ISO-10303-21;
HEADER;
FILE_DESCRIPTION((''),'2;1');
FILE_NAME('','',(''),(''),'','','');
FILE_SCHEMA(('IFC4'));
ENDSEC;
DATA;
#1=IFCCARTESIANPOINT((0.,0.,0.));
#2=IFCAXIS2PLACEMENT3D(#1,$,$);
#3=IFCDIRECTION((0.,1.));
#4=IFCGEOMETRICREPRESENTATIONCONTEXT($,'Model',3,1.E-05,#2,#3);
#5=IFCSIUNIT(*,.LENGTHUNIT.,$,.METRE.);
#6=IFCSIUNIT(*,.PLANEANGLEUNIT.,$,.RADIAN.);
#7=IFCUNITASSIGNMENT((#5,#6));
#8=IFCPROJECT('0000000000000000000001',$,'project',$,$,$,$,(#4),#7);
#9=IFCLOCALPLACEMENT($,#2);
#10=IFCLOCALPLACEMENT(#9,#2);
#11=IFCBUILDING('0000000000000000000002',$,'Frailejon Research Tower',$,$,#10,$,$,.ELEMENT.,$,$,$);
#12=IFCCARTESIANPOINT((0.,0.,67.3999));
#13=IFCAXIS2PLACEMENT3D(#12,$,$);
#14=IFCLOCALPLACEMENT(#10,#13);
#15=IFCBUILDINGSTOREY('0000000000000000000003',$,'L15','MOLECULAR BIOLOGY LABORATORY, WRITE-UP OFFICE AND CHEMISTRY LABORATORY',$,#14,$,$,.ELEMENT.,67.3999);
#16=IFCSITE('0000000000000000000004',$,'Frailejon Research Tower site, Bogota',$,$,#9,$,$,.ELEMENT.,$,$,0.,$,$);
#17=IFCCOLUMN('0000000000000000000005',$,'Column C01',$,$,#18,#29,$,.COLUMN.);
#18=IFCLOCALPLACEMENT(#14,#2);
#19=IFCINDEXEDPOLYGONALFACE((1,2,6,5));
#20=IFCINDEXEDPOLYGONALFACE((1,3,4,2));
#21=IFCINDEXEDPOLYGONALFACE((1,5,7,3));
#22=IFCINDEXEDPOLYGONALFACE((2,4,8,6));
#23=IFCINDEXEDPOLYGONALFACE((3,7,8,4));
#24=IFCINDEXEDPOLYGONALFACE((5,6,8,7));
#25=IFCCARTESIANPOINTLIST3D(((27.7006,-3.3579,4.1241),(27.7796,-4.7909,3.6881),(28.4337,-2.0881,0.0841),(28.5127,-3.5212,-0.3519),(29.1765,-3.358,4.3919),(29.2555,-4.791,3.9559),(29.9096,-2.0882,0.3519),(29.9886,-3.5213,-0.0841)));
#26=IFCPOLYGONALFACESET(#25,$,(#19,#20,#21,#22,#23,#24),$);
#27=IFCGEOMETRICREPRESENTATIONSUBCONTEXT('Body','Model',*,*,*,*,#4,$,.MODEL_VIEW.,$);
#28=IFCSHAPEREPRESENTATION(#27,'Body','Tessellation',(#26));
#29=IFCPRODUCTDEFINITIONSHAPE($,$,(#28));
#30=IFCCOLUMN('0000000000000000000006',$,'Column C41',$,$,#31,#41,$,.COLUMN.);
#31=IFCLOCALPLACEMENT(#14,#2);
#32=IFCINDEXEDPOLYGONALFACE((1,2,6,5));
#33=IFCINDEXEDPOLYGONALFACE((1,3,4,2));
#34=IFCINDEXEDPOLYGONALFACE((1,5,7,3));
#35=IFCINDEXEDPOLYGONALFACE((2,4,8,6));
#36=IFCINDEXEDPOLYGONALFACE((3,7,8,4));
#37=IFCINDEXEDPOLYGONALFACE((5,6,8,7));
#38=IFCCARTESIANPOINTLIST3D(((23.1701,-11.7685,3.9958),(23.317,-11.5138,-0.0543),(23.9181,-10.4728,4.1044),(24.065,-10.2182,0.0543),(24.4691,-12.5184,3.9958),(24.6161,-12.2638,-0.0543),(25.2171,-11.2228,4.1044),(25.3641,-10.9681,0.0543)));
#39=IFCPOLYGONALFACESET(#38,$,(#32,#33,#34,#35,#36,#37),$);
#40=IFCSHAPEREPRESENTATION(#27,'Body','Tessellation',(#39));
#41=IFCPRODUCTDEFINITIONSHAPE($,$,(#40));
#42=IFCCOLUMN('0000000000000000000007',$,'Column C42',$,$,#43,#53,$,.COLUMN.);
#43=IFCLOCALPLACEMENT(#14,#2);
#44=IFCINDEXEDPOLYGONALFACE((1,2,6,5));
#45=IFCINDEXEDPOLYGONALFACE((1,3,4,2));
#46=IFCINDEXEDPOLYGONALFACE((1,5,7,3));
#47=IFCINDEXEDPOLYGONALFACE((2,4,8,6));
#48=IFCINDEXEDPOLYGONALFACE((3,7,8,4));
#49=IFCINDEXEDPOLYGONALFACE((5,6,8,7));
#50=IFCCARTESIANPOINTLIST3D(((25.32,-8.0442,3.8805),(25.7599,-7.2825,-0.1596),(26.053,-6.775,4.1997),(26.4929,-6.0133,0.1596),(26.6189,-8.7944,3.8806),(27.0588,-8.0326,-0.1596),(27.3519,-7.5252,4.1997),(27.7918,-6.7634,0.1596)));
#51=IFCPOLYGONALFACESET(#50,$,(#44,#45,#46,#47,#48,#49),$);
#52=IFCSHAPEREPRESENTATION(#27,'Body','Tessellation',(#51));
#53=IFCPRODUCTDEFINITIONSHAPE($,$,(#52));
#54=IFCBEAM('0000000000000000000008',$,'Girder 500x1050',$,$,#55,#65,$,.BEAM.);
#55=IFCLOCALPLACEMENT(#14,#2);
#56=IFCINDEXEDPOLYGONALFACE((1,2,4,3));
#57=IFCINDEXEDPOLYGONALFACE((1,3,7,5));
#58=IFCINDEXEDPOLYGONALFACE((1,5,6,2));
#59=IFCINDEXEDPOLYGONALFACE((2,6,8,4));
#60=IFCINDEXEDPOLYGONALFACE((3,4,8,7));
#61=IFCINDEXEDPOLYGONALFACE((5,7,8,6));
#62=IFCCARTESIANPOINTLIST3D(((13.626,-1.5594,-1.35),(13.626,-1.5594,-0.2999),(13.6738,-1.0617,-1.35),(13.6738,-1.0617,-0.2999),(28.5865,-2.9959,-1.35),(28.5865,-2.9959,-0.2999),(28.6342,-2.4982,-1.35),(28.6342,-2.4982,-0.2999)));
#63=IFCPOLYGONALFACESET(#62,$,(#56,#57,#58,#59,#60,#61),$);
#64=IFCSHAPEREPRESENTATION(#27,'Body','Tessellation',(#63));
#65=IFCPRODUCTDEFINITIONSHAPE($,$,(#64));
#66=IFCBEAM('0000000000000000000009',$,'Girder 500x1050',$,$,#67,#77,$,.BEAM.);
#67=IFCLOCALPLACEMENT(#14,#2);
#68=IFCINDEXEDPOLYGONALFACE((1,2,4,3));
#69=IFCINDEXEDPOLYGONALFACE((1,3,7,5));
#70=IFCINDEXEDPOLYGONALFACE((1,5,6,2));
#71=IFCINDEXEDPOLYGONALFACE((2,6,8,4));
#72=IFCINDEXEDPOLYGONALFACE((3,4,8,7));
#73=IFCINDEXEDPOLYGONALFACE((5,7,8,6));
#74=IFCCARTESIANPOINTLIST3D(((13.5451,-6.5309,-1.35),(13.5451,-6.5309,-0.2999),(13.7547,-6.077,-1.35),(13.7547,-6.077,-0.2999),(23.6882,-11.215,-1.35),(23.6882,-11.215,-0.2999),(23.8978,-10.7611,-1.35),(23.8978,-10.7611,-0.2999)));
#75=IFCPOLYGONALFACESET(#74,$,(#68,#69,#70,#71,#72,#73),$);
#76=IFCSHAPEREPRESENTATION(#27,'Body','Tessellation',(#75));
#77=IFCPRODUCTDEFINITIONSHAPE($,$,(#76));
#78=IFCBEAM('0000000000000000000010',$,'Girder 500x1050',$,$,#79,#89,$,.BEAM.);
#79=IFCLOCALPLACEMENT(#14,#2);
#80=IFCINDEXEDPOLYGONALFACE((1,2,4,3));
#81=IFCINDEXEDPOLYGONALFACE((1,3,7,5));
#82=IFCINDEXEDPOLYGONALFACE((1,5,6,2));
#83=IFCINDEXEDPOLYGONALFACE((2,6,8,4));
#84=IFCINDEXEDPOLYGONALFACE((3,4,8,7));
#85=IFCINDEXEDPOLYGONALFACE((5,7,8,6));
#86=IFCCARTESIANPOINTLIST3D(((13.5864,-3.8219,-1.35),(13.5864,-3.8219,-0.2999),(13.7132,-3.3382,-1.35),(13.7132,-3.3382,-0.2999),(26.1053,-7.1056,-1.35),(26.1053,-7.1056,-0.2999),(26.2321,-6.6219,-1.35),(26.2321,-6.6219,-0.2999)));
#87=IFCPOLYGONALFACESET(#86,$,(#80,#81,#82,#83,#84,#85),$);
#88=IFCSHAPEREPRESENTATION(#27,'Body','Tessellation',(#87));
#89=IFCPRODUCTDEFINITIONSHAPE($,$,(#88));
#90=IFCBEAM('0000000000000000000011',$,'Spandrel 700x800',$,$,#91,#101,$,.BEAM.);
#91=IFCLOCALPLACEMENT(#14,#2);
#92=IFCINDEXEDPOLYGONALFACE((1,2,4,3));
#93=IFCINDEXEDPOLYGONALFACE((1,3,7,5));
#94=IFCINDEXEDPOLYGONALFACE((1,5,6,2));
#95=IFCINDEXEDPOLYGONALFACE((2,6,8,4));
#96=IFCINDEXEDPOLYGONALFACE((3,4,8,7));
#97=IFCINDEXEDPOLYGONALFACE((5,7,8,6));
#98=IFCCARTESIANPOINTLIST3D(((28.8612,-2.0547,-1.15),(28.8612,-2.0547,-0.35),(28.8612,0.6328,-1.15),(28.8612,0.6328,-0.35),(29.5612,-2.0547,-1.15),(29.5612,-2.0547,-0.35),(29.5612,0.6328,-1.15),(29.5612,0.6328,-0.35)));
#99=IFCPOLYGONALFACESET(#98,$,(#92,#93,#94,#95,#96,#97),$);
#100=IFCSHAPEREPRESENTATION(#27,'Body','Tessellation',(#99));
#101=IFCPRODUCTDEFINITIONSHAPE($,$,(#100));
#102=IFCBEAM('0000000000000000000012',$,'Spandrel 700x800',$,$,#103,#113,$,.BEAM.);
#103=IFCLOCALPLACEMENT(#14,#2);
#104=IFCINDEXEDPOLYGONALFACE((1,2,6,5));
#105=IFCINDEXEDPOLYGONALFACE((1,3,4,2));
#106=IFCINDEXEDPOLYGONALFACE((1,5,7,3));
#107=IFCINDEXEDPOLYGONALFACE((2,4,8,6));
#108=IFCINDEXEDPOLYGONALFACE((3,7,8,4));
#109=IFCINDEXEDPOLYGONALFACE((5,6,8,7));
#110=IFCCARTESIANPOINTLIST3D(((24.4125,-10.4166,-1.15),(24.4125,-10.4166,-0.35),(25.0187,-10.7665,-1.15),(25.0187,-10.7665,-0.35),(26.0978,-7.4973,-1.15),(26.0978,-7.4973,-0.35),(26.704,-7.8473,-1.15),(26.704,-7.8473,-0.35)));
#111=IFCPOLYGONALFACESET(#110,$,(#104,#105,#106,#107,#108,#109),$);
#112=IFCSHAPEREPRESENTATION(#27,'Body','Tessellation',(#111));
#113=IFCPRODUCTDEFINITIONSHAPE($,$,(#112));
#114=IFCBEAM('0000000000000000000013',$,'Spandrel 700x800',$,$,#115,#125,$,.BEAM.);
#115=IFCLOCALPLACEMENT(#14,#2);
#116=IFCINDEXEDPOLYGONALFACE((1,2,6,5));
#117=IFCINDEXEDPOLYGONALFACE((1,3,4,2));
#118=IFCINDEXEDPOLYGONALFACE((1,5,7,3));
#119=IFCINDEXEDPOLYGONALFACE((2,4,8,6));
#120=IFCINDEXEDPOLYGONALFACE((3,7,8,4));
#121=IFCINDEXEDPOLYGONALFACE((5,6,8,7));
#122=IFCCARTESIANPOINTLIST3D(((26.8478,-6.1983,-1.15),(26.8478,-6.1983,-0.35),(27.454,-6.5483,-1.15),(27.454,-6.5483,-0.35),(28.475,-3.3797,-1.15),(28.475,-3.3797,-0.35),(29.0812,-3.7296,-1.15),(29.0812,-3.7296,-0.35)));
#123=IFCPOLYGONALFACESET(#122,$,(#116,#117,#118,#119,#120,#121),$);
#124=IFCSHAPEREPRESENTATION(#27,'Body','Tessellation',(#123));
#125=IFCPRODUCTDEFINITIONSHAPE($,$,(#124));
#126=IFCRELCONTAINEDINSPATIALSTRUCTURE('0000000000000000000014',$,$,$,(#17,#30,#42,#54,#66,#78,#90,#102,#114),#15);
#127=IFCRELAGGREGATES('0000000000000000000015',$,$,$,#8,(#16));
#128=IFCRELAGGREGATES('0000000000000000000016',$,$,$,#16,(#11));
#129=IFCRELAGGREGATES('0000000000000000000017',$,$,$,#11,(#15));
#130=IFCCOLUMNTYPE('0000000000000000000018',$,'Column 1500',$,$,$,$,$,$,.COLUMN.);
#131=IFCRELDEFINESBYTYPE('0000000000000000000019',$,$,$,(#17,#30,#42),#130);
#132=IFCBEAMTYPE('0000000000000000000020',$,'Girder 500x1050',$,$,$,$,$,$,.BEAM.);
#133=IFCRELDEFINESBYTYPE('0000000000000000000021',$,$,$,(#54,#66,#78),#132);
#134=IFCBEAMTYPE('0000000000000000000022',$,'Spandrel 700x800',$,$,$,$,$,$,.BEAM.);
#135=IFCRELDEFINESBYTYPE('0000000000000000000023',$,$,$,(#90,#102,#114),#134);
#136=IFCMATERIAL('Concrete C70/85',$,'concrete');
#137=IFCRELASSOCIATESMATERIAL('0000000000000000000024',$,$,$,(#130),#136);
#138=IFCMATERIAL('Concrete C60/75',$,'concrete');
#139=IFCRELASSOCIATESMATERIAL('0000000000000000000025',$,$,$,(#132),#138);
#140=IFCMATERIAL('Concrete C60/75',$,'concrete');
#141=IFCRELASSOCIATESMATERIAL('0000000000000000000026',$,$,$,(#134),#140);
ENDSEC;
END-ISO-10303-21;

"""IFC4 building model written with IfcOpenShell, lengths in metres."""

from ifc_helpers import new_model, si_unit, direction, frame, origin, origin_2d, place, context, subcontext, project, spatial, rectangle, extrude, material, material_profile, profile_set, type_object, element, save


model = new_model("IFC4")

# Units and contexts
model_context = context("Model", 3, precision=1e-05, world=origin(), true_north=direction((0.0, 1.0)))
body_context = subcontext(model_context, "Body", "Model", "MODEL_VIEW")
ifc_project = project(units=[si_unit("LENGTHUNIT", "METRE"), si_unit("PLANEANGLEUNIT", "RADIAN")], contexts=[model_context])

# Site, building, storey
site_placement = place(None, origin())
site = spatial("IfcSite", under=ifc_project, at=site_placement, Name="Frailejon Research Tower site, Bogota", CompositionType="ELEMENT", RefElevation=0.0)
building_placement = place(site_placement, origin())
building = spatial("IfcBuilding", under=site, at=building_placement, Name="Frailejon Research Tower", CompositionType="ELEMENT")
storey_placement = place(building_placement, frame((0.0, 0.0, 67.3999)))
storey = spatial("IfcBuildingStorey", under=building, at=storey_placement, Name="L15", Description="MOLECULAR BIOLOGY LABORATORY, WRITE-UP OFFICE AND CHEMISTRY LABORATORY", CompositionType="ELEMENT", Elevation=67.3999)

# Columns
ifc_material_1 = material(Name="Concrete C70/85", Category="concrete")
ifc_material_profile_1 = material_profile(ifc_material_1, rectangle(XDim=1.5, YDim=1.5, at=origin_2d()), Name="Column 1500")
ifc_profile_set_1 = profile_set([ifc_material_profile_1], Name="Concrete C70/85")
column_type = type_object("IfcColumnType", Name="Column 1500", PredefinedType="COLUMN", material=ifc_profile_set_1)
column_1_placement = place(storey_placement, frame((29.2112, -2.8047, 0.0), z_axis=(-0.170585, -0.295442, 0.940008), x_axis=(-0.052685, 0.955361, 0.290707)))
element("IfcColumn", 1, at=column_1_placement, inside=storey, type_object=column_type, Name="Column C01", PredefinedType="COLUMN", context=body_context, shape_type="SweptSolid", body=[
    extrude(rectangle(XDim=1.5, YDim=1.5, at=origin_2d()), origin(), (0.0, 0.0, 1.0), 4.2979),
])
column_2_placement = place(storey_placement, frame((24.3406, -11.241, 0.0), z_axis=(-0.036194, -0.062708, 0.997375), x_axis=(0.498666, 0.863765, 0.072404)))
element("IfcColumn", 2, at=column_2_placement, inside=storey, type_object=column_type, Name="Column C41", PredefinedType="COLUMN", context=body_context, shape_type="SweptSolid", body=[
    extrude(rectangle(XDim=1.5, YDim=1.5, at=origin_2d()), origin(), (0.0, 0.0, 1.0), 4.0608),
])
column_3_placement = place(storey_placement, frame((26.7759, -7.0229, 0.0), z_axis=(-0.106402, -0.184226, 0.977108), x_axis=(0.488665, 0.846136, 0.212746)))
element("IfcColumn", 3, at=column_3_placement, inside=storey, type_object=column_type, Name="Column C42", PredefinedType="COLUMN", context=body_context, shape_type="SweptSolid", body=[
    extrude(rectangle(XDim=1.5, YDim=1.5, at=origin_2d()), origin(), (0.0, 0.0, 1.0), 4.1348),
])

# Beams
ifc_material_2 = material(Name="Concrete C60/75", Category="concrete")
ifc_material_profile_2 = material_profile(ifc_material_2, rectangle(XDim=0.5, YDim=1.05, at=origin_2d()), Name="Girder 500x1050")
ifc_profile_set_2 = profile_set([ifc_material_profile_2], Name="Concrete C60/75")
beam_type_1 = type_object("IfcBeamType", Name="Girder 500x1050", PredefinedType="BEAM", material=ifc_profile_set_2)
beam_1_placement = place(storey_placement, frame((28.6104, -2.7471, -0.825), z_axis=(-0.995422, 0.095582, 0.0), x_axis=(-0.095582, -0.995422, 0.0)))
element("IfcBeam", 4, at=beam_1_placement, inside=storey, type_object=beam_type_1, Name="Girder 500x1050", PredefinedType="BEAM", context=body_context, shape_type="SweptSolid", body=[
    extrude(rectangle(XDim=0.5, YDim=1.05, at=origin_2d()), origin(), (0.0, 0.0, 1.0), 15.0293),
])
beam_2_placement = place(storey_placement, frame((23.793, -10.988, -0.825), z_axis=(-0.907869, 0.419255, 0.0), x_axis=(-0.419255, -0.907869, 0.0)))
element("IfcBeam", 5, at=beam_2_placement, inside=storey, type_object=beam_type_1, Name="Girder 500x1050", PredefinedType="BEAM", context=body_context, shape_type="SweptSolid", body=[
    extrude(rectangle(XDim=0.5, YDim=1.05, at=origin_2d()), origin(), (0.0, 0.0, 1.0), 11.1724),
])
beam_3_placement = place(storey_placement, frame((26.1687, -6.8638, -0.825), z_axis=(-0.967278, 0.253718, 0.0), x_axis=(-0.253718, -0.967278, 0.0)))
element("IfcBeam", 6, at=beam_3_placement, inside=storey, type_object=beam_type_1, Name="Girder 500x1050", PredefinedType="BEAM", context=body_context, shape_type="SweptSolid", body=[
    extrude(rectangle(XDim=0.5, YDim=1.05, at=origin_2d()), origin(), (0.0, 0.0, 1.0), 12.9424),
])
ifc_material_3 = material(Name="Concrete C60/75", Category="concrete")
ifc_material_profile_3 = material_profile(ifc_material_3, rectangle(XDim=0.7, YDim=0.8, at=origin_2d()), Name="Spandrel 700x800")
ifc_profile_set_3 = profile_set([ifc_material_profile_3], Name="Concrete C60/75")
beam_type_2 = type_object("IfcBeamType", Name="Spandrel 700x800", PredefinedType="BEAM", material=ifc_profile_set_3)
beam_4_placement = place(storey_placement, frame((29.2112, -2.0547, -0.75), z_axis=(0.0, 1.0, 0.0), x_axis=(-1.0, 0.0, 0.0)))
element("IfcBeam", 7, at=beam_4_placement, inside=storey, type_object=beam_type_2, Name="Spandrel 700x800", PredefinedType="BEAM", context=body_context, shape_type="SweptSolid", body=[
    extrude(rectangle(XDim=0.7, YDim=0.8, at=origin_2d()), origin(), (0.0, 0.0, 1.0), 2.6875),
])
beam_5_placement = place(storey_placement, frame((24.7156, -10.5916, -0.75), z_axis=(0.49998, 0.866037, 0.0), x_axis=(-0.866037, 0.49998, 0.0)))
element("IfcBeam", 8, at=beam_5_placement, inside=storey, type_object=beam_type_2, Name="Spandrel 700x800", PredefinedType="BEAM", context=body_context, shape_type="SweptSolid", body=[
    extrude(rectangle(XDim=0.7, YDim=0.8, at=origin_2d()), origin(), (0.0, 0.0, 1.0), 3.3708),
])
beam_6_placement = place(storey_placement, frame((27.1509, -6.3733, -0.75), z_axis=(0.499971, 0.866042, 0.0), x_axis=(-0.866042, 0.499971, 0.0)))
element("IfcBeam", 9, at=beam_6_placement, inside=storey, type_object=beam_type_2, Name="Spandrel 700x800", PredefinedType="BEAM", context=body_context, shape_type="SweptSolid", body=[
    extrude(rectangle(XDim=0.7, YDim=0.8, at=origin_2d()), origin(), (0.0, 0.0, 1.0), 3.2546),
])

save(model, "model.ifc")
